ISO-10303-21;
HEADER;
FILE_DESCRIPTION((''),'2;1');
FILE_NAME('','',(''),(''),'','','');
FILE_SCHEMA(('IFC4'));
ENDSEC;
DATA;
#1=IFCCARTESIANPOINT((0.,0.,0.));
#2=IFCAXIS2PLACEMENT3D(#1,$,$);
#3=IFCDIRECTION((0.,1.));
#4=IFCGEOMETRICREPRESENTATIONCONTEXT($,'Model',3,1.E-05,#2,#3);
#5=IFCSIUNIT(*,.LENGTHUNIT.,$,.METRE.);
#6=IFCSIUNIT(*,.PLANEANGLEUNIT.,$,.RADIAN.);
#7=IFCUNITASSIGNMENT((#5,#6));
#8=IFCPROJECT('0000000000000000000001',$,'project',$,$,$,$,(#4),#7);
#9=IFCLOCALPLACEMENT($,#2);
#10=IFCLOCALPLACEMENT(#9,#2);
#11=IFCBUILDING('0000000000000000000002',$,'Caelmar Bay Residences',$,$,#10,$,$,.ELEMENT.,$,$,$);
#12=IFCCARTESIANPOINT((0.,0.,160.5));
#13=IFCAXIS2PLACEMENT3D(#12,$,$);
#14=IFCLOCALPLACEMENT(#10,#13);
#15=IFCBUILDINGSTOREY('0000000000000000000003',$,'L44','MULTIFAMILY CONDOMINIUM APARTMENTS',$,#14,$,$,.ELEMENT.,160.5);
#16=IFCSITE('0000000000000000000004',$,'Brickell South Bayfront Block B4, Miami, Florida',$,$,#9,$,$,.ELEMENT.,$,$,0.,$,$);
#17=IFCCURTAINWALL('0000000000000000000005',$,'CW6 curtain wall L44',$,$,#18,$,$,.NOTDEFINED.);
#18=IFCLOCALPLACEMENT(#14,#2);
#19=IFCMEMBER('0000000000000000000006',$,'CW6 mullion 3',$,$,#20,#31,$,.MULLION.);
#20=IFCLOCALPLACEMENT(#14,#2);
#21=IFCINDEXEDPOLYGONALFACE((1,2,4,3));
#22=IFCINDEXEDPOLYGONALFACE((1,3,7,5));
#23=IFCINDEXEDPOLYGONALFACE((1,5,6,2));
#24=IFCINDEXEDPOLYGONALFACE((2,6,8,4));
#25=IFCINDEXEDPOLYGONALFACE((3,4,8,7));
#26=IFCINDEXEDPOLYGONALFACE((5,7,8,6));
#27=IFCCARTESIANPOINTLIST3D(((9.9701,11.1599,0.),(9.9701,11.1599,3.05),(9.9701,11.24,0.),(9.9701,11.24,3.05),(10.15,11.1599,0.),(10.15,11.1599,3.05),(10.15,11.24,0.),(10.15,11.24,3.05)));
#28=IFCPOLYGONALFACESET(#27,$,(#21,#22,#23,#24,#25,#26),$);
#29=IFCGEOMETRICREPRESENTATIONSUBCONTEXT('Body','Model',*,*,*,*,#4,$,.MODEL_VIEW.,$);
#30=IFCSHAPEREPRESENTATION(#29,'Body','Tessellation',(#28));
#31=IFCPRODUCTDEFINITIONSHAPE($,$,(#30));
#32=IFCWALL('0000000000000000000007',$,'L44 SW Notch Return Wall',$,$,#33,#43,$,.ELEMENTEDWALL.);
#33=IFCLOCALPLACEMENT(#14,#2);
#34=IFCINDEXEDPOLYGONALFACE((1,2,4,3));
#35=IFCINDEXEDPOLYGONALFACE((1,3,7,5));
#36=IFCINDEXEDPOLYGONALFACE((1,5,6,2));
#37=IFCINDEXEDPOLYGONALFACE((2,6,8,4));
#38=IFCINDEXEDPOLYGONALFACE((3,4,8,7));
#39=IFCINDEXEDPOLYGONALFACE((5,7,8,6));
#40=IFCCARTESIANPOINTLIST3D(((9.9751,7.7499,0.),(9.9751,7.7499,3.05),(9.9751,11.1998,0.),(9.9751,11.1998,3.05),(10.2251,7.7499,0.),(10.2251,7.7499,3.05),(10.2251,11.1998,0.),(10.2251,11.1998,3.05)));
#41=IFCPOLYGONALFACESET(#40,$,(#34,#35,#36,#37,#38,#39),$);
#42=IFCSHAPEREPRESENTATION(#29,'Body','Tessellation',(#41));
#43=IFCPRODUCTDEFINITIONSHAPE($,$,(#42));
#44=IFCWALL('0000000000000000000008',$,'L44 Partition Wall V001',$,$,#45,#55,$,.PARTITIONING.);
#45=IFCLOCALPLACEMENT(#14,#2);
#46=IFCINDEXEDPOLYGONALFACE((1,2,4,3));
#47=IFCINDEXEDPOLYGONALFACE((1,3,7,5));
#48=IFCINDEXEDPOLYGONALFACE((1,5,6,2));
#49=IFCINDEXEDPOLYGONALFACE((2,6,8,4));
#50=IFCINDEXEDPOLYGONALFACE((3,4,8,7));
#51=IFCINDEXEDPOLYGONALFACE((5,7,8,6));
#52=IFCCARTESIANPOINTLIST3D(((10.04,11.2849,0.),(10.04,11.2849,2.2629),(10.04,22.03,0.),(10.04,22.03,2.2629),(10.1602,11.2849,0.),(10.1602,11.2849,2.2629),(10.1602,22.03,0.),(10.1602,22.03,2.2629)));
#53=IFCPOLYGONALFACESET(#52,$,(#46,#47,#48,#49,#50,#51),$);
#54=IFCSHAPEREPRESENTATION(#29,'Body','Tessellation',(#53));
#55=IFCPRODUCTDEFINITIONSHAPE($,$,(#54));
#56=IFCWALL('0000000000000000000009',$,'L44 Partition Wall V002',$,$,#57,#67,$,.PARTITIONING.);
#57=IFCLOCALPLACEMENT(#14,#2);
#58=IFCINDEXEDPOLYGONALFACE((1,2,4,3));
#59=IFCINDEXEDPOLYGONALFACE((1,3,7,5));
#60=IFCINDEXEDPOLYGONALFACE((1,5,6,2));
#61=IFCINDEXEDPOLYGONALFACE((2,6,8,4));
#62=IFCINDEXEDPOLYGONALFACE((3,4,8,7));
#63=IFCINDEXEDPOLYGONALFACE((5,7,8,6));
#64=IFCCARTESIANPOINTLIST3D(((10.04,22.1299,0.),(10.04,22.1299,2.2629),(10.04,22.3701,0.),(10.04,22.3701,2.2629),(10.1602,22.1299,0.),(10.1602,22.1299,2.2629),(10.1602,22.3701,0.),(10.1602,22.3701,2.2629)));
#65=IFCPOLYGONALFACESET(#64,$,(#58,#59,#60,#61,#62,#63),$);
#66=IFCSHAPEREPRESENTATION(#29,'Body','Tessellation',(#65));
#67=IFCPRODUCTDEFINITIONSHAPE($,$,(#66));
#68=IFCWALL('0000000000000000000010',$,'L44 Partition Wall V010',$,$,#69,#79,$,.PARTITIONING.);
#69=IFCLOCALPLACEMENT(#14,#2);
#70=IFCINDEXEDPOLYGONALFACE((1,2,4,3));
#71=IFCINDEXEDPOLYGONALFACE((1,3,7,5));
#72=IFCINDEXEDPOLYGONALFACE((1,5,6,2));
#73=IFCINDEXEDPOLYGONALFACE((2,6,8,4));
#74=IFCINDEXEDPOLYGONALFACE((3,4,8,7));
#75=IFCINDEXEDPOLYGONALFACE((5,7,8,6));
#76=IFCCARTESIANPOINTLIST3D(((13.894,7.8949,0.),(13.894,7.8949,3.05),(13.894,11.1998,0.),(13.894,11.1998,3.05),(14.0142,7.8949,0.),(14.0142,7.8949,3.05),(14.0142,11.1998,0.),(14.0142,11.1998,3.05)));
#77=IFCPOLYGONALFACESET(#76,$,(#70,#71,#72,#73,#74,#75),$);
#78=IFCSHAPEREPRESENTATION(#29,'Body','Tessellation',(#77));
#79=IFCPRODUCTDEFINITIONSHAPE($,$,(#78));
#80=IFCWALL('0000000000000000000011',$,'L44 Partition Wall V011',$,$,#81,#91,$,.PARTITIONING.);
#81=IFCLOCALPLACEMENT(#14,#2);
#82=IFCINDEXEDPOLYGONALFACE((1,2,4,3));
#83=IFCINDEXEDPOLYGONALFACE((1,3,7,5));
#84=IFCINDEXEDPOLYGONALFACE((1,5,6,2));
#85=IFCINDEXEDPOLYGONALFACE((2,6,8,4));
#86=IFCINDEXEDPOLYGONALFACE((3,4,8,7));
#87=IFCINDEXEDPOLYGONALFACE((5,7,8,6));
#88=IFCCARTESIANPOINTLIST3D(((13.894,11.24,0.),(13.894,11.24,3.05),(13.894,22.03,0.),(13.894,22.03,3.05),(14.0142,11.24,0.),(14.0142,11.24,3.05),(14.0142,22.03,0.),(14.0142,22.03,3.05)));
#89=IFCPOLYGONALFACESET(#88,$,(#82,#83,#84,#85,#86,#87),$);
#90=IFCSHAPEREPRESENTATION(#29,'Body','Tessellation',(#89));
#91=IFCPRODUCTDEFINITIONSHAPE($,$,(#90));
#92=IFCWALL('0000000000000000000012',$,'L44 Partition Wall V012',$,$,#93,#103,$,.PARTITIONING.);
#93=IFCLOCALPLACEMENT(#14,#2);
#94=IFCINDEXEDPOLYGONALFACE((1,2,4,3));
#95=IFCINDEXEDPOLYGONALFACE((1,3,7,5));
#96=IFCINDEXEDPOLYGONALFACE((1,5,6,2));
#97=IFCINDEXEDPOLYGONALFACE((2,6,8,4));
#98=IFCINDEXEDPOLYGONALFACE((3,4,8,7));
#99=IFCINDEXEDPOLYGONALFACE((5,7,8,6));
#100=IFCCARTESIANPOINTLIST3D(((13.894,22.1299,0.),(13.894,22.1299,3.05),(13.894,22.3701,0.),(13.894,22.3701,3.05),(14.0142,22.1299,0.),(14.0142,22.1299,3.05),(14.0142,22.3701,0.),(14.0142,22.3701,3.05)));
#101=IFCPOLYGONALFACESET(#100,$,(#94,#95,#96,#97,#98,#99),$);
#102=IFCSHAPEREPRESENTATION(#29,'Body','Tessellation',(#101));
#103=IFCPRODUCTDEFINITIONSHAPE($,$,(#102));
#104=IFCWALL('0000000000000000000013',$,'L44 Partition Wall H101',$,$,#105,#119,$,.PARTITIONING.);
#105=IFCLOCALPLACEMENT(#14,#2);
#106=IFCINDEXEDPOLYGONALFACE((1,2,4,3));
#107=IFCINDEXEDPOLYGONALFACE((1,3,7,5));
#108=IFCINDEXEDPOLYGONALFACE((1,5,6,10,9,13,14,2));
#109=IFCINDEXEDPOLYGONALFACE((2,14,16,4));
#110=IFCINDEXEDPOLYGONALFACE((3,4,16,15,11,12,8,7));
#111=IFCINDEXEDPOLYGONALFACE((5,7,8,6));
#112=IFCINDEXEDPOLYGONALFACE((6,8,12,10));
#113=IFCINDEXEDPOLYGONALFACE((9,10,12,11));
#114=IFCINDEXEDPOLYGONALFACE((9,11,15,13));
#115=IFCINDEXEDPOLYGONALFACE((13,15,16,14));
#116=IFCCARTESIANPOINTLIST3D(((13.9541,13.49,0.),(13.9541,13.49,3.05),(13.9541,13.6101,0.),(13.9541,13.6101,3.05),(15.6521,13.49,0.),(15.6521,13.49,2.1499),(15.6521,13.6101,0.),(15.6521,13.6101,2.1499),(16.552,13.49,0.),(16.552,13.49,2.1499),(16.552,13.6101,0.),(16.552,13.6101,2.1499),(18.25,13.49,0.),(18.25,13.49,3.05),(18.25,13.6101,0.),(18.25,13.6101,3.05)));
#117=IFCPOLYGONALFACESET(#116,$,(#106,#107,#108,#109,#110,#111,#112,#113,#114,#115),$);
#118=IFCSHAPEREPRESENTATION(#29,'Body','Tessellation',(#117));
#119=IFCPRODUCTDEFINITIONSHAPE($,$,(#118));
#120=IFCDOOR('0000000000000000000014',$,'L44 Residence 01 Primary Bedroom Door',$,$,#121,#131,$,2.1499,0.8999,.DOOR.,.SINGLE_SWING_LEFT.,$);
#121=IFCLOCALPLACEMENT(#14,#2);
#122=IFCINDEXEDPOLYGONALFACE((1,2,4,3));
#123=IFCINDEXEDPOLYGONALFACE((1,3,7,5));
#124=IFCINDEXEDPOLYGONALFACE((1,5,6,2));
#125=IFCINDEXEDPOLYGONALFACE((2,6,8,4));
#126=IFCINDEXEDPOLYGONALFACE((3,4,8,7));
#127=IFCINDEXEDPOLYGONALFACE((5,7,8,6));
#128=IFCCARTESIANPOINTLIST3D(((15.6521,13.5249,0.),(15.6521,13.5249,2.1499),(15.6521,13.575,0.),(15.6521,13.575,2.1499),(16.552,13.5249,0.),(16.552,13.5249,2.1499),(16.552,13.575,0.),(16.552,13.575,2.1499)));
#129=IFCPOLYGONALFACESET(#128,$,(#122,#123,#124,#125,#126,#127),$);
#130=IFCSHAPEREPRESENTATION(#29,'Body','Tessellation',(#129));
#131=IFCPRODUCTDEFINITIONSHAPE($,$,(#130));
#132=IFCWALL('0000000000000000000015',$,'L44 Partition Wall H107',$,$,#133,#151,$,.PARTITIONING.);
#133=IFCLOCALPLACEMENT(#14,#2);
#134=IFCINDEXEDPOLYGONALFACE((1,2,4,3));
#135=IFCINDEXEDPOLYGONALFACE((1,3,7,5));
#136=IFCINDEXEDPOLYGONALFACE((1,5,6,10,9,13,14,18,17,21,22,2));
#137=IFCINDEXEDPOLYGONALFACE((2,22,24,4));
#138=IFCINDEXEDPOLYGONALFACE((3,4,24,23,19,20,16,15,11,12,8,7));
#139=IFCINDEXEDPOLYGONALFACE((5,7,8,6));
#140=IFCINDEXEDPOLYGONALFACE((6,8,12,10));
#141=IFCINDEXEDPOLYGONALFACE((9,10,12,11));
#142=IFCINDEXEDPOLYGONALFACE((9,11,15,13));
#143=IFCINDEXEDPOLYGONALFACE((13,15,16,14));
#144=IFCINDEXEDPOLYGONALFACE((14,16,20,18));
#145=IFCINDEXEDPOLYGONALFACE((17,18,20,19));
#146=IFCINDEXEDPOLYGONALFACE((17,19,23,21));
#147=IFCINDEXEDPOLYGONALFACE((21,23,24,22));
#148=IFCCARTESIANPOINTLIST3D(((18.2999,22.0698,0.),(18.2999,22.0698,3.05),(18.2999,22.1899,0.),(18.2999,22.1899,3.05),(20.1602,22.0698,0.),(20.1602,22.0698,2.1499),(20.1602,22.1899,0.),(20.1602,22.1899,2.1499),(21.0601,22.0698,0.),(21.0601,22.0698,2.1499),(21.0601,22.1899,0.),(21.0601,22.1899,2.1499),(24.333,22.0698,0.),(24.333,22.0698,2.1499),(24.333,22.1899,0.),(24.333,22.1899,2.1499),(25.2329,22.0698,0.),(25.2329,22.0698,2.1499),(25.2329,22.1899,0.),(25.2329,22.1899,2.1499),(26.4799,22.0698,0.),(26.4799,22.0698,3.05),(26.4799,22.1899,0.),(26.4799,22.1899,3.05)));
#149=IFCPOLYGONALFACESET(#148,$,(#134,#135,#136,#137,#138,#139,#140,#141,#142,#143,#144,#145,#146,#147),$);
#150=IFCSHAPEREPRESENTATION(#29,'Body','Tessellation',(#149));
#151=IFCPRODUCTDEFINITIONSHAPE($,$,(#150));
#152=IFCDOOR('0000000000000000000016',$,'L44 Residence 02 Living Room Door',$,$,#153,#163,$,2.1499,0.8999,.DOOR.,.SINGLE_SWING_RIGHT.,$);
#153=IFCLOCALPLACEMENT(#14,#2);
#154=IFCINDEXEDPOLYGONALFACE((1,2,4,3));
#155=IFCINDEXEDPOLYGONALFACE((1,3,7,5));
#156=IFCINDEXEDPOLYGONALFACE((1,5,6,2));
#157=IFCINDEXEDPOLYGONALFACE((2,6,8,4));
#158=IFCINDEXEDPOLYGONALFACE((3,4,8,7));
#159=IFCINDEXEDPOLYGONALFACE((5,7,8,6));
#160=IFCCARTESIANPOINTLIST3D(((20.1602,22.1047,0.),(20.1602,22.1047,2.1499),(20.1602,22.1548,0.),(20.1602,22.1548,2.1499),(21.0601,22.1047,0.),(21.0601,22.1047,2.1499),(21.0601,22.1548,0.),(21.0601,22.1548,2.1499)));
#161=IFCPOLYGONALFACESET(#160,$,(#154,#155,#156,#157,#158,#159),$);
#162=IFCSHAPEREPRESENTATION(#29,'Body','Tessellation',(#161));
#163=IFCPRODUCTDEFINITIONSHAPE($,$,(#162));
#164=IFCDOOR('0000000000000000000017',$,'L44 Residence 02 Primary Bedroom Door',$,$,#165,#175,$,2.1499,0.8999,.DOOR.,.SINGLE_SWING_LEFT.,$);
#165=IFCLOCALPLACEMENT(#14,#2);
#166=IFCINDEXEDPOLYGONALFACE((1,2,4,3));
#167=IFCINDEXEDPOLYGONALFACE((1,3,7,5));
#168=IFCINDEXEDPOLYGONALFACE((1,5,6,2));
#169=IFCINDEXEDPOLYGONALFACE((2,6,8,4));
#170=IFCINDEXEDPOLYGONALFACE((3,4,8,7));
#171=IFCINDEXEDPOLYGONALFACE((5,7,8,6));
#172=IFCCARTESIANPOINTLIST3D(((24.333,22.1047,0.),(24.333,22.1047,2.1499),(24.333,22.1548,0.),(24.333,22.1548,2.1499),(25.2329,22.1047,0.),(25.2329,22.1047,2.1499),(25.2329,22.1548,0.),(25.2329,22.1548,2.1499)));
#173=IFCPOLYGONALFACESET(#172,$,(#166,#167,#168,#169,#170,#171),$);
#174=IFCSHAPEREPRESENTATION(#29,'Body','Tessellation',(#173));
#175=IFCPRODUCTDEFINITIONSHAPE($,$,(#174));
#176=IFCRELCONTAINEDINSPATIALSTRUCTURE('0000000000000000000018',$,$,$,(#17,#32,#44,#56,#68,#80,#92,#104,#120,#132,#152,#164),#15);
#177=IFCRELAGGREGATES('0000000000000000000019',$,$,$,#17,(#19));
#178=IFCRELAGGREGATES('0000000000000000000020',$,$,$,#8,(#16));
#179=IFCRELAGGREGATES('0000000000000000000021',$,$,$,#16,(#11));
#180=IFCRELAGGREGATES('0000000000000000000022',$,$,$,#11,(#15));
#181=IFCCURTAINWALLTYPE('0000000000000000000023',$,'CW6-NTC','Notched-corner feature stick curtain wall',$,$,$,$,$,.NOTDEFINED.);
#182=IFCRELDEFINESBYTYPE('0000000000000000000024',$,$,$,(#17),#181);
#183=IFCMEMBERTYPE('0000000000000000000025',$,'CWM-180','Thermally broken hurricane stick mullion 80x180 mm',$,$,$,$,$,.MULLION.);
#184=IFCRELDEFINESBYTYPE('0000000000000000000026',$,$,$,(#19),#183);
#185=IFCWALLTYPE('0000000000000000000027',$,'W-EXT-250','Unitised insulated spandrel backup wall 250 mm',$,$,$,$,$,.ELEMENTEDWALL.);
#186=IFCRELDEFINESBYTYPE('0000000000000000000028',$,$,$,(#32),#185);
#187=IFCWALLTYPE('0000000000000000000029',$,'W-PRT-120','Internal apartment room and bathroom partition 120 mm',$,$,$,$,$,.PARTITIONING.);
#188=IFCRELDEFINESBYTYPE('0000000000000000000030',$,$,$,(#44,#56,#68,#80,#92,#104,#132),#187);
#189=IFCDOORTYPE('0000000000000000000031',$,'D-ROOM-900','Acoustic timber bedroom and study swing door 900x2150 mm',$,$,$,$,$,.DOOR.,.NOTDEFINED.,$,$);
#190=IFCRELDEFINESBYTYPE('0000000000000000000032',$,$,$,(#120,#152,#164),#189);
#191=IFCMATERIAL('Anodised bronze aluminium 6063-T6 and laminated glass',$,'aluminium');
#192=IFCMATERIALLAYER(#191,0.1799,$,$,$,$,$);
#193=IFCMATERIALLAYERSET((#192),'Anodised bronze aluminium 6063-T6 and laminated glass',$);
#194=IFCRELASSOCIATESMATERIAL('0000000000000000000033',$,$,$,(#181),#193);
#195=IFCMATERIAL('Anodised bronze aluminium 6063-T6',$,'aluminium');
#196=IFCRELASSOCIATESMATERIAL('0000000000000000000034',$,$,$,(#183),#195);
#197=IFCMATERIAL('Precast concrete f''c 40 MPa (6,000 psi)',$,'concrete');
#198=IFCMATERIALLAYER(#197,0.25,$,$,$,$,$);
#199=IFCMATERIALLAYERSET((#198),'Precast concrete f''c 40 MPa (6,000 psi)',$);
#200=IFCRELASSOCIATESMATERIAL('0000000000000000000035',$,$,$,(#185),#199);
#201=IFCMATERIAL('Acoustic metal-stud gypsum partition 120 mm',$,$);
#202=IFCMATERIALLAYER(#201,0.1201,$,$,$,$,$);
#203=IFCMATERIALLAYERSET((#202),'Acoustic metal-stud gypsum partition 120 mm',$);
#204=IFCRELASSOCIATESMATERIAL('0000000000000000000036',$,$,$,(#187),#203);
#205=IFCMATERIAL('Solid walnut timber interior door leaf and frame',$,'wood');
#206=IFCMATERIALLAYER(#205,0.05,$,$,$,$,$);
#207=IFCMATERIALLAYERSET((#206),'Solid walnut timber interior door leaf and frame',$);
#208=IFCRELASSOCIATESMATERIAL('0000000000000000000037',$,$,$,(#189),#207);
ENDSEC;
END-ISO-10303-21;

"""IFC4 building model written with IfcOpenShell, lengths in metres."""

from ifc_helpers import new_model, si_unit, direction, frame, frame_2d, origin, origin_2d, place, context, subcontext, project, spatial, rectangle, extrude, material, layer, layer_set, material_profile, profile_set, type_object, element, fill, aggregate, save


model = new_model("IFC4")

# Units and contexts
model_context = context("Model", 3, precision=1e-05, world=origin(), true_north=direction((0.0, 1.0)))
body_context = subcontext(model_context, "Body", "Model", "MODEL_VIEW")
ifc_project = project(units=[si_unit("LENGTHUNIT", "METRE"), si_unit("PLANEANGLEUNIT", "RADIAN")], contexts=[model_context])

# Site, building, storey
site_placement = place(None, origin())
site = spatial("IfcSite", under=ifc_project, at=site_placement, Name="Brickell South Bayfront Block B4, Miami, Florida", CompositionType="ELEMENT", RefElevation=0.0)
building_placement = place(site_placement, origin())
building = spatial("IfcBuilding", under=site, at=building_placement, Name="Caelmar Bay Residences", CompositionType="ELEMENT")
storey_placement = place(building_placement, frame((0.0, 0.0, 160.5)))
storey = spatial("IfcBuildingStorey", under=building, at=storey_placement, Name="L44", Description="MULTIFAMILY CONDOMINIUM APARTMENTS", CompositionType="ELEMENT", Elevation=160.5)

# Curtain wall, member
ifc_material_1 = material(Name="Anodised bronze aluminium 6063-T6 and laminated glass", Category="aluminium")
ifc_layer_1 = layer(ifc_material_1, 0.1799)
ifc_layer_set_1 = layer_set([ifc_layer_1], Name="Anodised bronze aluminium 6063-T6 and laminated glass")
curtain_wall_type = type_object("IfcCurtainWallType", Name="CW6-NTC", Description="Notched-corner feature stick curtain wall", PredefinedType="NOTDEFINED", material=ifc_layer_set_1)
curtain_wall_placement = place(storey_placement, origin())
curtain_wall = element("IfcCurtainWall", 1, at=curtain_wall_placement, inside=storey, type_object=curtain_wall_type, Name="CW6 curtain wall L44", PredefinedType="NOTDEFINED")
ifc_material_2 = material(Name="Anodised bronze aluminium 6063-T6", Category="aluminium")
ifc_material_profile_1 = material_profile(ifc_material_2, rectangle(XDim=0.0801, YDim=0.1799, at=origin_2d()), Name="CWM-80X180")
ifc_profile_set_1 = profile_set([ifc_material_profile_1], Name="Anodised bronze aluminium 6063-T6")
member_type = type_object("IfcMemberType", Name="CWM-180", Description="Thermally broken hurricane stick mullion 80x180 mm", PredefinedType="MULLION", material=ifc_profile_set_1)
member_placement = place(storey_placement, frame((10.0601, 11.2, 0.0), z_axis=(0.0, 0.0, 1.0), x_axis=(0.0, 1.0, 0.0)))
member = element("IfcMember", 2, at=member_placement, type_object=member_type, Name="CW6 mullion 3", PredefinedType="MULLION", context=body_context, shape_type="SweptSolid", body=[
    extrude(rectangle(XDim=0.0801, YDim=0.1799, at=origin_2d()), origin(), (0.0, 0.0, 1.0), 3.05),
])
aggregate(curtain_wall, [member])

# Walls
ifc_material_3 = material(Name="Precast concrete f'c 40 MPa (6,000 psi)", Category="concrete")
ifc_layer_2 = layer(ifc_material_3, 0.25)
ifc_layer_set_2 = layer_set([ifc_layer_2], Name="Precast concrete f'c 40 MPa (6,000 psi)")
wall_type_1 = type_object("IfcWallType", Name="W-EXT-250", Description="Unitised insulated spandrel backup wall 250 mm", PredefinedType="ELEMENTEDWALL", material=ifc_layer_set_2)
wall_1_placement = place(storey_placement, frame((10.1001, 11.2, 0.0), z_axis=(0.0, 0.0, 1.0), x_axis=(0.0, -1.0, 0.0)))
element("IfcWall", 3, at=wall_1_placement, inside=storey, type_object=wall_type_1, Name="L44 SW Notch Return Wall", PredefinedType="ELEMENTEDWALL", context=body_context, shape_type="SweptSolid", body=[
    extrude(rectangle(XDim=3.45, YDim=0.25, at=frame_2d((1.7251, 0.0))), origin(), (0.0, 0.0, 1.0), 3.05),
])
ifc_material_4 = material(Name="Acoustic metal-stud gypsum partition 120 mm")
ifc_layer_3 = layer(ifc_material_4, 0.1201)
ifc_layer_set_3 = layer_set([ifc_layer_3], Name="Acoustic metal-stud gypsum partition 120 mm")
wall_type_2 = type_object("IfcWallType", Name="W-PRT-120", Description="Internal apartment room and bathroom partition 120 mm", PredefinedType="PARTITIONING", material=ifc_layer_set_3)
wall_2_placement = place(storey_placement, frame((10.1001, 11.2849, 0.0), z_axis=(0.0, 0.0, 1.0), x_axis=(0.0, 1.0, 0.0)))
element("IfcWall", 4, at=wall_2_placement, inside=storey, type_object=wall_type_2, Name="L44 Partition Wall V001", PredefinedType="PARTITIONING", context=body_context, shape_type="SweptSolid", body=[
    extrude(rectangle(XDim=10.7451, YDim=0.1201, at=frame_2d((5.3726, 0.0))), origin(), (0.0, 0.0, 1.0), 2.2629),
])
wall_3_placement = place(storey_placement, frame((10.1001, 22.1299, 0.0), z_axis=(0.0, 0.0, 1.0), x_axis=(0.0, 1.0, 0.0)))
element("IfcWall", 5, at=wall_3_placement, inside=storey, type_object=wall_type_2, Name="L44 Partition Wall V002", PredefinedType="PARTITIONING", context=body_context, shape_type="SweptSolid", body=[
    extrude(rectangle(XDim=0.2402, YDim=0.1201, at=frame_2d((0.1201, 0.0))), origin(), (0.0, 0.0, 1.0), 2.2629),
])
wall_4_placement = place(storey_placement, frame((13.9541, 7.895, 0.0), z_axis=(0.0, 0.0, 1.0), x_axis=(0.0, 1.0, 0.0)))
element("IfcWall", 6, at=wall_4_placement, inside=storey, type_object=wall_type_2, Name="L44 Partition Wall V010", PredefinedType="PARTITIONING", context=body_context, shape_type="SweptSolid", body=[
    extrude(rectangle(XDim=3.3049, YDim=0.1201, at=frame_2d((1.6523, 0.0))), origin(), (0.0, 0.0, 1.0), 3.05),
])
wall_5_placement = place(storey_placement, frame((13.9541, 11.24, 0.0), z_axis=(0.0, 0.0, 1.0), x_axis=(0.0, 1.0, 0.0)))
element("IfcWall", 7, at=wall_5_placement, inside=storey, type_object=wall_type_2, Name="L44 Partition Wall V011", PredefinedType="PARTITIONING", context=body_context, shape_type="SweptSolid", body=[
    extrude(rectangle(XDim=10.79, YDim=0.1201, at=frame_2d((5.395, 0.0))), origin(), (0.0, 0.0, 1.0), 3.05),
])
wall_6_placement = place(storey_placement, frame((13.9541, 22.1299, 0.0), z_axis=(0.0, 0.0, 1.0), x_axis=(0.0, 1.0, 0.0)))
element("IfcWall", 8, at=wall_6_placement, inside=storey, type_object=wall_type_2, Name="L44 Partition Wall V012", PredefinedType="PARTITIONING", context=body_context, shape_type="SweptSolid", body=[
    extrude(rectangle(XDim=0.2402, YDim=0.1201, at=frame_2d((0.1201, 0.0))), origin(), (0.0, 0.0, 1.0), 3.05),
])

# Wall, opening, door
wall_7_placement = place(storey_placement, frame((13.9541, 13.55, 0.0), z_axis=(0.0, 0.0, 1.0), x_axis=(1.0, 0.0, 0.0)))
wall_7 = element("IfcWall", 9, at=wall_7_placement, inside=storey, type_object=wall_type_2, Name="L44 Partition Wall H101", PredefinedType="PARTITIONING", context=body_context, shape_type="SweptSolid", body=[
    extrude(rectangle(XDim=4.2959, YDim=0.1201, at=frame_2d((2.1479, 0.0))), origin(), (0.0, 0.0, 1.0), 3.05),
])
opening_1_placement = place(wall_7_placement, frame((1.698, 0.0, 0.0)))
opening_1 = element("IfcOpeningElement", 10, at=opening_1_placement, cuts=wall_7, PredefinedType="OPENING", context=body_context, shape_type="SweptSolid", body=[
    extrude(rectangle(XDim=0.8999, YDim=2.1499, at=frame_2d((0.45, 1.075))), frame((0.0, 0.0701, 0.0), z_axis=(0.0, -1.0, 0.0), x_axis=(1.0, 0.0, 0.0)), (0.0, 0.0, 1.0), 0.1401),
])
ifc_material_5 = material(Name="Solid walnut timber interior door leaf and frame", Category="wood")
ifc_layer_4 = layer(ifc_material_5, 0.05)
ifc_layer_set_4 = layer_set([ifc_layer_4], Name="Solid walnut timber interior door leaf and frame")
door_type = type_object("IfcDoorType", Name="D-ROOM-900", Description="Acoustic timber bedroom and study swing door 900x2150 mm", OperationType="NOTDEFINED", PredefinedType="DOOR", material=ifc_layer_set_4)
door_1_placement = place(opening_1_placement, origin())
door_1 = element("IfcDoor", 11, at=door_1_placement, inside=storey, type_object=door_type, Name="L44 Residence 01 Primary Bedroom Door", OperationType="SINGLE_SWING_LEFT", OverallHeight=2.1499, OverallWidth=0.8999, PredefinedType="DOOR", context=body_context, shape_type="SweptSolid", body=[
    extrude(rectangle(XDim=0.8999, YDim=2.1499, at=frame_2d((0.45, 1.075))), frame((0.0, 0.0249, 0.0), z_axis=(0.0, -1.0, 0.0), x_axis=(1.0, 0.0, 0.0)), (0.0, 0.0, 1.0), 0.05),
])
fill(opening_1, door_1)

# Wall, openings, doors
wall_8_placement = place(storey_placement, frame((18.3, 22.1299, 0.0), z_axis=(0.0, 0.0, 1.0), x_axis=(1.0, 0.0, 0.0)))
wall_8 = element("IfcWall", 12, at=wall_8_placement, inside=storey, type_object=wall_type_2, Name="L44 Partition Wall H107", PredefinedType="PARTITIONING", context=body_context, shape_type="SweptSolid", body=[
    extrude(rectangle(XDim=8.1799, YDim=0.1201, at=frame_2d((4.0898, 0.0))), origin(), (0.0, 0.0, 1.0), 3.05),
])
opening_2_placement = place(wall_8_placement, frame((1.8601, 0.0, 0.0)))
opening_2 = element("IfcOpeningElement", 13, at=opening_2_placement, cuts=wall_8, PredefinedType="OPENING", context=body_context, shape_type="SweptSolid", body=[
    extrude(rectangle(XDim=0.8999, YDim=2.1499, at=frame_2d((0.45, 1.075))), frame((0.0, 0.0701, 0.0), z_axis=(0.0, -1.0, 0.0), x_axis=(1.0, 0.0, 0.0)), (0.0, 0.0, 1.0), 0.1401),
])
opening_3_placement = place(wall_8_placement, frame((6.033, 0.0, 0.0)))
opening_3 = element("IfcOpeningElement", 14, at=opening_3_placement, cuts=wall_8, PredefinedType="OPENING", context=body_context, shape_type="SweptSolid", body=[
    extrude(rectangle(XDim=0.8999, YDim=2.1499, at=frame_2d((0.45, 1.075))), frame((0.0, 0.0701, 0.0), z_axis=(0.0, -1.0, 0.0), x_axis=(1.0, 0.0, 0.0)), (0.0, 0.0, 1.0), 0.1401),
])
door_2_placement = place(opening_2_placement, origin())
door_2 = element("IfcDoor", 15, at=door_2_placement, inside=storey, type_object=door_type, Name="L44 Residence 02 Living Room Door", OperationType="SINGLE_SWING_RIGHT", OverallHeight=2.1499, OverallWidth=0.8999, PredefinedType="DOOR", context=body_context, shape_type="SweptSolid", body=[
    extrude(rectangle(XDim=0.8999, YDim=2.1499, at=frame_2d((0.45, 1.075))), frame((0.0, 0.0249, 0.0), z_axis=(0.0, -1.0, 0.0), x_axis=(1.0, 0.0, 0.0)), (0.0, 0.0, 1.0), 0.05),
])
fill(opening_2, door_2)
door_3_placement = place(opening_3_placement, origin())
door_3 = element("IfcDoor", 16, at=door_3_placement, inside=storey, type_object=door_type, Name="L44 Residence 02 Primary Bedroom Door", OperationType="SINGLE_SWING_LEFT", OverallHeight=2.1499, OverallWidth=0.8999, PredefinedType="DOOR", context=body_context, shape_type="SweptSolid", body=[
    extrude(rectangle(XDim=0.8999, YDim=2.1499, at=frame_2d((0.45, 1.075))), frame((0.0, 0.0249, 0.0), z_axis=(0.0, -1.0, 0.0), x_axis=(1.0, 0.0, 0.0)), (0.0, 0.0, 1.0), 0.05),
])
fill(opening_3, door_3)

save(model, "model.ifc")
